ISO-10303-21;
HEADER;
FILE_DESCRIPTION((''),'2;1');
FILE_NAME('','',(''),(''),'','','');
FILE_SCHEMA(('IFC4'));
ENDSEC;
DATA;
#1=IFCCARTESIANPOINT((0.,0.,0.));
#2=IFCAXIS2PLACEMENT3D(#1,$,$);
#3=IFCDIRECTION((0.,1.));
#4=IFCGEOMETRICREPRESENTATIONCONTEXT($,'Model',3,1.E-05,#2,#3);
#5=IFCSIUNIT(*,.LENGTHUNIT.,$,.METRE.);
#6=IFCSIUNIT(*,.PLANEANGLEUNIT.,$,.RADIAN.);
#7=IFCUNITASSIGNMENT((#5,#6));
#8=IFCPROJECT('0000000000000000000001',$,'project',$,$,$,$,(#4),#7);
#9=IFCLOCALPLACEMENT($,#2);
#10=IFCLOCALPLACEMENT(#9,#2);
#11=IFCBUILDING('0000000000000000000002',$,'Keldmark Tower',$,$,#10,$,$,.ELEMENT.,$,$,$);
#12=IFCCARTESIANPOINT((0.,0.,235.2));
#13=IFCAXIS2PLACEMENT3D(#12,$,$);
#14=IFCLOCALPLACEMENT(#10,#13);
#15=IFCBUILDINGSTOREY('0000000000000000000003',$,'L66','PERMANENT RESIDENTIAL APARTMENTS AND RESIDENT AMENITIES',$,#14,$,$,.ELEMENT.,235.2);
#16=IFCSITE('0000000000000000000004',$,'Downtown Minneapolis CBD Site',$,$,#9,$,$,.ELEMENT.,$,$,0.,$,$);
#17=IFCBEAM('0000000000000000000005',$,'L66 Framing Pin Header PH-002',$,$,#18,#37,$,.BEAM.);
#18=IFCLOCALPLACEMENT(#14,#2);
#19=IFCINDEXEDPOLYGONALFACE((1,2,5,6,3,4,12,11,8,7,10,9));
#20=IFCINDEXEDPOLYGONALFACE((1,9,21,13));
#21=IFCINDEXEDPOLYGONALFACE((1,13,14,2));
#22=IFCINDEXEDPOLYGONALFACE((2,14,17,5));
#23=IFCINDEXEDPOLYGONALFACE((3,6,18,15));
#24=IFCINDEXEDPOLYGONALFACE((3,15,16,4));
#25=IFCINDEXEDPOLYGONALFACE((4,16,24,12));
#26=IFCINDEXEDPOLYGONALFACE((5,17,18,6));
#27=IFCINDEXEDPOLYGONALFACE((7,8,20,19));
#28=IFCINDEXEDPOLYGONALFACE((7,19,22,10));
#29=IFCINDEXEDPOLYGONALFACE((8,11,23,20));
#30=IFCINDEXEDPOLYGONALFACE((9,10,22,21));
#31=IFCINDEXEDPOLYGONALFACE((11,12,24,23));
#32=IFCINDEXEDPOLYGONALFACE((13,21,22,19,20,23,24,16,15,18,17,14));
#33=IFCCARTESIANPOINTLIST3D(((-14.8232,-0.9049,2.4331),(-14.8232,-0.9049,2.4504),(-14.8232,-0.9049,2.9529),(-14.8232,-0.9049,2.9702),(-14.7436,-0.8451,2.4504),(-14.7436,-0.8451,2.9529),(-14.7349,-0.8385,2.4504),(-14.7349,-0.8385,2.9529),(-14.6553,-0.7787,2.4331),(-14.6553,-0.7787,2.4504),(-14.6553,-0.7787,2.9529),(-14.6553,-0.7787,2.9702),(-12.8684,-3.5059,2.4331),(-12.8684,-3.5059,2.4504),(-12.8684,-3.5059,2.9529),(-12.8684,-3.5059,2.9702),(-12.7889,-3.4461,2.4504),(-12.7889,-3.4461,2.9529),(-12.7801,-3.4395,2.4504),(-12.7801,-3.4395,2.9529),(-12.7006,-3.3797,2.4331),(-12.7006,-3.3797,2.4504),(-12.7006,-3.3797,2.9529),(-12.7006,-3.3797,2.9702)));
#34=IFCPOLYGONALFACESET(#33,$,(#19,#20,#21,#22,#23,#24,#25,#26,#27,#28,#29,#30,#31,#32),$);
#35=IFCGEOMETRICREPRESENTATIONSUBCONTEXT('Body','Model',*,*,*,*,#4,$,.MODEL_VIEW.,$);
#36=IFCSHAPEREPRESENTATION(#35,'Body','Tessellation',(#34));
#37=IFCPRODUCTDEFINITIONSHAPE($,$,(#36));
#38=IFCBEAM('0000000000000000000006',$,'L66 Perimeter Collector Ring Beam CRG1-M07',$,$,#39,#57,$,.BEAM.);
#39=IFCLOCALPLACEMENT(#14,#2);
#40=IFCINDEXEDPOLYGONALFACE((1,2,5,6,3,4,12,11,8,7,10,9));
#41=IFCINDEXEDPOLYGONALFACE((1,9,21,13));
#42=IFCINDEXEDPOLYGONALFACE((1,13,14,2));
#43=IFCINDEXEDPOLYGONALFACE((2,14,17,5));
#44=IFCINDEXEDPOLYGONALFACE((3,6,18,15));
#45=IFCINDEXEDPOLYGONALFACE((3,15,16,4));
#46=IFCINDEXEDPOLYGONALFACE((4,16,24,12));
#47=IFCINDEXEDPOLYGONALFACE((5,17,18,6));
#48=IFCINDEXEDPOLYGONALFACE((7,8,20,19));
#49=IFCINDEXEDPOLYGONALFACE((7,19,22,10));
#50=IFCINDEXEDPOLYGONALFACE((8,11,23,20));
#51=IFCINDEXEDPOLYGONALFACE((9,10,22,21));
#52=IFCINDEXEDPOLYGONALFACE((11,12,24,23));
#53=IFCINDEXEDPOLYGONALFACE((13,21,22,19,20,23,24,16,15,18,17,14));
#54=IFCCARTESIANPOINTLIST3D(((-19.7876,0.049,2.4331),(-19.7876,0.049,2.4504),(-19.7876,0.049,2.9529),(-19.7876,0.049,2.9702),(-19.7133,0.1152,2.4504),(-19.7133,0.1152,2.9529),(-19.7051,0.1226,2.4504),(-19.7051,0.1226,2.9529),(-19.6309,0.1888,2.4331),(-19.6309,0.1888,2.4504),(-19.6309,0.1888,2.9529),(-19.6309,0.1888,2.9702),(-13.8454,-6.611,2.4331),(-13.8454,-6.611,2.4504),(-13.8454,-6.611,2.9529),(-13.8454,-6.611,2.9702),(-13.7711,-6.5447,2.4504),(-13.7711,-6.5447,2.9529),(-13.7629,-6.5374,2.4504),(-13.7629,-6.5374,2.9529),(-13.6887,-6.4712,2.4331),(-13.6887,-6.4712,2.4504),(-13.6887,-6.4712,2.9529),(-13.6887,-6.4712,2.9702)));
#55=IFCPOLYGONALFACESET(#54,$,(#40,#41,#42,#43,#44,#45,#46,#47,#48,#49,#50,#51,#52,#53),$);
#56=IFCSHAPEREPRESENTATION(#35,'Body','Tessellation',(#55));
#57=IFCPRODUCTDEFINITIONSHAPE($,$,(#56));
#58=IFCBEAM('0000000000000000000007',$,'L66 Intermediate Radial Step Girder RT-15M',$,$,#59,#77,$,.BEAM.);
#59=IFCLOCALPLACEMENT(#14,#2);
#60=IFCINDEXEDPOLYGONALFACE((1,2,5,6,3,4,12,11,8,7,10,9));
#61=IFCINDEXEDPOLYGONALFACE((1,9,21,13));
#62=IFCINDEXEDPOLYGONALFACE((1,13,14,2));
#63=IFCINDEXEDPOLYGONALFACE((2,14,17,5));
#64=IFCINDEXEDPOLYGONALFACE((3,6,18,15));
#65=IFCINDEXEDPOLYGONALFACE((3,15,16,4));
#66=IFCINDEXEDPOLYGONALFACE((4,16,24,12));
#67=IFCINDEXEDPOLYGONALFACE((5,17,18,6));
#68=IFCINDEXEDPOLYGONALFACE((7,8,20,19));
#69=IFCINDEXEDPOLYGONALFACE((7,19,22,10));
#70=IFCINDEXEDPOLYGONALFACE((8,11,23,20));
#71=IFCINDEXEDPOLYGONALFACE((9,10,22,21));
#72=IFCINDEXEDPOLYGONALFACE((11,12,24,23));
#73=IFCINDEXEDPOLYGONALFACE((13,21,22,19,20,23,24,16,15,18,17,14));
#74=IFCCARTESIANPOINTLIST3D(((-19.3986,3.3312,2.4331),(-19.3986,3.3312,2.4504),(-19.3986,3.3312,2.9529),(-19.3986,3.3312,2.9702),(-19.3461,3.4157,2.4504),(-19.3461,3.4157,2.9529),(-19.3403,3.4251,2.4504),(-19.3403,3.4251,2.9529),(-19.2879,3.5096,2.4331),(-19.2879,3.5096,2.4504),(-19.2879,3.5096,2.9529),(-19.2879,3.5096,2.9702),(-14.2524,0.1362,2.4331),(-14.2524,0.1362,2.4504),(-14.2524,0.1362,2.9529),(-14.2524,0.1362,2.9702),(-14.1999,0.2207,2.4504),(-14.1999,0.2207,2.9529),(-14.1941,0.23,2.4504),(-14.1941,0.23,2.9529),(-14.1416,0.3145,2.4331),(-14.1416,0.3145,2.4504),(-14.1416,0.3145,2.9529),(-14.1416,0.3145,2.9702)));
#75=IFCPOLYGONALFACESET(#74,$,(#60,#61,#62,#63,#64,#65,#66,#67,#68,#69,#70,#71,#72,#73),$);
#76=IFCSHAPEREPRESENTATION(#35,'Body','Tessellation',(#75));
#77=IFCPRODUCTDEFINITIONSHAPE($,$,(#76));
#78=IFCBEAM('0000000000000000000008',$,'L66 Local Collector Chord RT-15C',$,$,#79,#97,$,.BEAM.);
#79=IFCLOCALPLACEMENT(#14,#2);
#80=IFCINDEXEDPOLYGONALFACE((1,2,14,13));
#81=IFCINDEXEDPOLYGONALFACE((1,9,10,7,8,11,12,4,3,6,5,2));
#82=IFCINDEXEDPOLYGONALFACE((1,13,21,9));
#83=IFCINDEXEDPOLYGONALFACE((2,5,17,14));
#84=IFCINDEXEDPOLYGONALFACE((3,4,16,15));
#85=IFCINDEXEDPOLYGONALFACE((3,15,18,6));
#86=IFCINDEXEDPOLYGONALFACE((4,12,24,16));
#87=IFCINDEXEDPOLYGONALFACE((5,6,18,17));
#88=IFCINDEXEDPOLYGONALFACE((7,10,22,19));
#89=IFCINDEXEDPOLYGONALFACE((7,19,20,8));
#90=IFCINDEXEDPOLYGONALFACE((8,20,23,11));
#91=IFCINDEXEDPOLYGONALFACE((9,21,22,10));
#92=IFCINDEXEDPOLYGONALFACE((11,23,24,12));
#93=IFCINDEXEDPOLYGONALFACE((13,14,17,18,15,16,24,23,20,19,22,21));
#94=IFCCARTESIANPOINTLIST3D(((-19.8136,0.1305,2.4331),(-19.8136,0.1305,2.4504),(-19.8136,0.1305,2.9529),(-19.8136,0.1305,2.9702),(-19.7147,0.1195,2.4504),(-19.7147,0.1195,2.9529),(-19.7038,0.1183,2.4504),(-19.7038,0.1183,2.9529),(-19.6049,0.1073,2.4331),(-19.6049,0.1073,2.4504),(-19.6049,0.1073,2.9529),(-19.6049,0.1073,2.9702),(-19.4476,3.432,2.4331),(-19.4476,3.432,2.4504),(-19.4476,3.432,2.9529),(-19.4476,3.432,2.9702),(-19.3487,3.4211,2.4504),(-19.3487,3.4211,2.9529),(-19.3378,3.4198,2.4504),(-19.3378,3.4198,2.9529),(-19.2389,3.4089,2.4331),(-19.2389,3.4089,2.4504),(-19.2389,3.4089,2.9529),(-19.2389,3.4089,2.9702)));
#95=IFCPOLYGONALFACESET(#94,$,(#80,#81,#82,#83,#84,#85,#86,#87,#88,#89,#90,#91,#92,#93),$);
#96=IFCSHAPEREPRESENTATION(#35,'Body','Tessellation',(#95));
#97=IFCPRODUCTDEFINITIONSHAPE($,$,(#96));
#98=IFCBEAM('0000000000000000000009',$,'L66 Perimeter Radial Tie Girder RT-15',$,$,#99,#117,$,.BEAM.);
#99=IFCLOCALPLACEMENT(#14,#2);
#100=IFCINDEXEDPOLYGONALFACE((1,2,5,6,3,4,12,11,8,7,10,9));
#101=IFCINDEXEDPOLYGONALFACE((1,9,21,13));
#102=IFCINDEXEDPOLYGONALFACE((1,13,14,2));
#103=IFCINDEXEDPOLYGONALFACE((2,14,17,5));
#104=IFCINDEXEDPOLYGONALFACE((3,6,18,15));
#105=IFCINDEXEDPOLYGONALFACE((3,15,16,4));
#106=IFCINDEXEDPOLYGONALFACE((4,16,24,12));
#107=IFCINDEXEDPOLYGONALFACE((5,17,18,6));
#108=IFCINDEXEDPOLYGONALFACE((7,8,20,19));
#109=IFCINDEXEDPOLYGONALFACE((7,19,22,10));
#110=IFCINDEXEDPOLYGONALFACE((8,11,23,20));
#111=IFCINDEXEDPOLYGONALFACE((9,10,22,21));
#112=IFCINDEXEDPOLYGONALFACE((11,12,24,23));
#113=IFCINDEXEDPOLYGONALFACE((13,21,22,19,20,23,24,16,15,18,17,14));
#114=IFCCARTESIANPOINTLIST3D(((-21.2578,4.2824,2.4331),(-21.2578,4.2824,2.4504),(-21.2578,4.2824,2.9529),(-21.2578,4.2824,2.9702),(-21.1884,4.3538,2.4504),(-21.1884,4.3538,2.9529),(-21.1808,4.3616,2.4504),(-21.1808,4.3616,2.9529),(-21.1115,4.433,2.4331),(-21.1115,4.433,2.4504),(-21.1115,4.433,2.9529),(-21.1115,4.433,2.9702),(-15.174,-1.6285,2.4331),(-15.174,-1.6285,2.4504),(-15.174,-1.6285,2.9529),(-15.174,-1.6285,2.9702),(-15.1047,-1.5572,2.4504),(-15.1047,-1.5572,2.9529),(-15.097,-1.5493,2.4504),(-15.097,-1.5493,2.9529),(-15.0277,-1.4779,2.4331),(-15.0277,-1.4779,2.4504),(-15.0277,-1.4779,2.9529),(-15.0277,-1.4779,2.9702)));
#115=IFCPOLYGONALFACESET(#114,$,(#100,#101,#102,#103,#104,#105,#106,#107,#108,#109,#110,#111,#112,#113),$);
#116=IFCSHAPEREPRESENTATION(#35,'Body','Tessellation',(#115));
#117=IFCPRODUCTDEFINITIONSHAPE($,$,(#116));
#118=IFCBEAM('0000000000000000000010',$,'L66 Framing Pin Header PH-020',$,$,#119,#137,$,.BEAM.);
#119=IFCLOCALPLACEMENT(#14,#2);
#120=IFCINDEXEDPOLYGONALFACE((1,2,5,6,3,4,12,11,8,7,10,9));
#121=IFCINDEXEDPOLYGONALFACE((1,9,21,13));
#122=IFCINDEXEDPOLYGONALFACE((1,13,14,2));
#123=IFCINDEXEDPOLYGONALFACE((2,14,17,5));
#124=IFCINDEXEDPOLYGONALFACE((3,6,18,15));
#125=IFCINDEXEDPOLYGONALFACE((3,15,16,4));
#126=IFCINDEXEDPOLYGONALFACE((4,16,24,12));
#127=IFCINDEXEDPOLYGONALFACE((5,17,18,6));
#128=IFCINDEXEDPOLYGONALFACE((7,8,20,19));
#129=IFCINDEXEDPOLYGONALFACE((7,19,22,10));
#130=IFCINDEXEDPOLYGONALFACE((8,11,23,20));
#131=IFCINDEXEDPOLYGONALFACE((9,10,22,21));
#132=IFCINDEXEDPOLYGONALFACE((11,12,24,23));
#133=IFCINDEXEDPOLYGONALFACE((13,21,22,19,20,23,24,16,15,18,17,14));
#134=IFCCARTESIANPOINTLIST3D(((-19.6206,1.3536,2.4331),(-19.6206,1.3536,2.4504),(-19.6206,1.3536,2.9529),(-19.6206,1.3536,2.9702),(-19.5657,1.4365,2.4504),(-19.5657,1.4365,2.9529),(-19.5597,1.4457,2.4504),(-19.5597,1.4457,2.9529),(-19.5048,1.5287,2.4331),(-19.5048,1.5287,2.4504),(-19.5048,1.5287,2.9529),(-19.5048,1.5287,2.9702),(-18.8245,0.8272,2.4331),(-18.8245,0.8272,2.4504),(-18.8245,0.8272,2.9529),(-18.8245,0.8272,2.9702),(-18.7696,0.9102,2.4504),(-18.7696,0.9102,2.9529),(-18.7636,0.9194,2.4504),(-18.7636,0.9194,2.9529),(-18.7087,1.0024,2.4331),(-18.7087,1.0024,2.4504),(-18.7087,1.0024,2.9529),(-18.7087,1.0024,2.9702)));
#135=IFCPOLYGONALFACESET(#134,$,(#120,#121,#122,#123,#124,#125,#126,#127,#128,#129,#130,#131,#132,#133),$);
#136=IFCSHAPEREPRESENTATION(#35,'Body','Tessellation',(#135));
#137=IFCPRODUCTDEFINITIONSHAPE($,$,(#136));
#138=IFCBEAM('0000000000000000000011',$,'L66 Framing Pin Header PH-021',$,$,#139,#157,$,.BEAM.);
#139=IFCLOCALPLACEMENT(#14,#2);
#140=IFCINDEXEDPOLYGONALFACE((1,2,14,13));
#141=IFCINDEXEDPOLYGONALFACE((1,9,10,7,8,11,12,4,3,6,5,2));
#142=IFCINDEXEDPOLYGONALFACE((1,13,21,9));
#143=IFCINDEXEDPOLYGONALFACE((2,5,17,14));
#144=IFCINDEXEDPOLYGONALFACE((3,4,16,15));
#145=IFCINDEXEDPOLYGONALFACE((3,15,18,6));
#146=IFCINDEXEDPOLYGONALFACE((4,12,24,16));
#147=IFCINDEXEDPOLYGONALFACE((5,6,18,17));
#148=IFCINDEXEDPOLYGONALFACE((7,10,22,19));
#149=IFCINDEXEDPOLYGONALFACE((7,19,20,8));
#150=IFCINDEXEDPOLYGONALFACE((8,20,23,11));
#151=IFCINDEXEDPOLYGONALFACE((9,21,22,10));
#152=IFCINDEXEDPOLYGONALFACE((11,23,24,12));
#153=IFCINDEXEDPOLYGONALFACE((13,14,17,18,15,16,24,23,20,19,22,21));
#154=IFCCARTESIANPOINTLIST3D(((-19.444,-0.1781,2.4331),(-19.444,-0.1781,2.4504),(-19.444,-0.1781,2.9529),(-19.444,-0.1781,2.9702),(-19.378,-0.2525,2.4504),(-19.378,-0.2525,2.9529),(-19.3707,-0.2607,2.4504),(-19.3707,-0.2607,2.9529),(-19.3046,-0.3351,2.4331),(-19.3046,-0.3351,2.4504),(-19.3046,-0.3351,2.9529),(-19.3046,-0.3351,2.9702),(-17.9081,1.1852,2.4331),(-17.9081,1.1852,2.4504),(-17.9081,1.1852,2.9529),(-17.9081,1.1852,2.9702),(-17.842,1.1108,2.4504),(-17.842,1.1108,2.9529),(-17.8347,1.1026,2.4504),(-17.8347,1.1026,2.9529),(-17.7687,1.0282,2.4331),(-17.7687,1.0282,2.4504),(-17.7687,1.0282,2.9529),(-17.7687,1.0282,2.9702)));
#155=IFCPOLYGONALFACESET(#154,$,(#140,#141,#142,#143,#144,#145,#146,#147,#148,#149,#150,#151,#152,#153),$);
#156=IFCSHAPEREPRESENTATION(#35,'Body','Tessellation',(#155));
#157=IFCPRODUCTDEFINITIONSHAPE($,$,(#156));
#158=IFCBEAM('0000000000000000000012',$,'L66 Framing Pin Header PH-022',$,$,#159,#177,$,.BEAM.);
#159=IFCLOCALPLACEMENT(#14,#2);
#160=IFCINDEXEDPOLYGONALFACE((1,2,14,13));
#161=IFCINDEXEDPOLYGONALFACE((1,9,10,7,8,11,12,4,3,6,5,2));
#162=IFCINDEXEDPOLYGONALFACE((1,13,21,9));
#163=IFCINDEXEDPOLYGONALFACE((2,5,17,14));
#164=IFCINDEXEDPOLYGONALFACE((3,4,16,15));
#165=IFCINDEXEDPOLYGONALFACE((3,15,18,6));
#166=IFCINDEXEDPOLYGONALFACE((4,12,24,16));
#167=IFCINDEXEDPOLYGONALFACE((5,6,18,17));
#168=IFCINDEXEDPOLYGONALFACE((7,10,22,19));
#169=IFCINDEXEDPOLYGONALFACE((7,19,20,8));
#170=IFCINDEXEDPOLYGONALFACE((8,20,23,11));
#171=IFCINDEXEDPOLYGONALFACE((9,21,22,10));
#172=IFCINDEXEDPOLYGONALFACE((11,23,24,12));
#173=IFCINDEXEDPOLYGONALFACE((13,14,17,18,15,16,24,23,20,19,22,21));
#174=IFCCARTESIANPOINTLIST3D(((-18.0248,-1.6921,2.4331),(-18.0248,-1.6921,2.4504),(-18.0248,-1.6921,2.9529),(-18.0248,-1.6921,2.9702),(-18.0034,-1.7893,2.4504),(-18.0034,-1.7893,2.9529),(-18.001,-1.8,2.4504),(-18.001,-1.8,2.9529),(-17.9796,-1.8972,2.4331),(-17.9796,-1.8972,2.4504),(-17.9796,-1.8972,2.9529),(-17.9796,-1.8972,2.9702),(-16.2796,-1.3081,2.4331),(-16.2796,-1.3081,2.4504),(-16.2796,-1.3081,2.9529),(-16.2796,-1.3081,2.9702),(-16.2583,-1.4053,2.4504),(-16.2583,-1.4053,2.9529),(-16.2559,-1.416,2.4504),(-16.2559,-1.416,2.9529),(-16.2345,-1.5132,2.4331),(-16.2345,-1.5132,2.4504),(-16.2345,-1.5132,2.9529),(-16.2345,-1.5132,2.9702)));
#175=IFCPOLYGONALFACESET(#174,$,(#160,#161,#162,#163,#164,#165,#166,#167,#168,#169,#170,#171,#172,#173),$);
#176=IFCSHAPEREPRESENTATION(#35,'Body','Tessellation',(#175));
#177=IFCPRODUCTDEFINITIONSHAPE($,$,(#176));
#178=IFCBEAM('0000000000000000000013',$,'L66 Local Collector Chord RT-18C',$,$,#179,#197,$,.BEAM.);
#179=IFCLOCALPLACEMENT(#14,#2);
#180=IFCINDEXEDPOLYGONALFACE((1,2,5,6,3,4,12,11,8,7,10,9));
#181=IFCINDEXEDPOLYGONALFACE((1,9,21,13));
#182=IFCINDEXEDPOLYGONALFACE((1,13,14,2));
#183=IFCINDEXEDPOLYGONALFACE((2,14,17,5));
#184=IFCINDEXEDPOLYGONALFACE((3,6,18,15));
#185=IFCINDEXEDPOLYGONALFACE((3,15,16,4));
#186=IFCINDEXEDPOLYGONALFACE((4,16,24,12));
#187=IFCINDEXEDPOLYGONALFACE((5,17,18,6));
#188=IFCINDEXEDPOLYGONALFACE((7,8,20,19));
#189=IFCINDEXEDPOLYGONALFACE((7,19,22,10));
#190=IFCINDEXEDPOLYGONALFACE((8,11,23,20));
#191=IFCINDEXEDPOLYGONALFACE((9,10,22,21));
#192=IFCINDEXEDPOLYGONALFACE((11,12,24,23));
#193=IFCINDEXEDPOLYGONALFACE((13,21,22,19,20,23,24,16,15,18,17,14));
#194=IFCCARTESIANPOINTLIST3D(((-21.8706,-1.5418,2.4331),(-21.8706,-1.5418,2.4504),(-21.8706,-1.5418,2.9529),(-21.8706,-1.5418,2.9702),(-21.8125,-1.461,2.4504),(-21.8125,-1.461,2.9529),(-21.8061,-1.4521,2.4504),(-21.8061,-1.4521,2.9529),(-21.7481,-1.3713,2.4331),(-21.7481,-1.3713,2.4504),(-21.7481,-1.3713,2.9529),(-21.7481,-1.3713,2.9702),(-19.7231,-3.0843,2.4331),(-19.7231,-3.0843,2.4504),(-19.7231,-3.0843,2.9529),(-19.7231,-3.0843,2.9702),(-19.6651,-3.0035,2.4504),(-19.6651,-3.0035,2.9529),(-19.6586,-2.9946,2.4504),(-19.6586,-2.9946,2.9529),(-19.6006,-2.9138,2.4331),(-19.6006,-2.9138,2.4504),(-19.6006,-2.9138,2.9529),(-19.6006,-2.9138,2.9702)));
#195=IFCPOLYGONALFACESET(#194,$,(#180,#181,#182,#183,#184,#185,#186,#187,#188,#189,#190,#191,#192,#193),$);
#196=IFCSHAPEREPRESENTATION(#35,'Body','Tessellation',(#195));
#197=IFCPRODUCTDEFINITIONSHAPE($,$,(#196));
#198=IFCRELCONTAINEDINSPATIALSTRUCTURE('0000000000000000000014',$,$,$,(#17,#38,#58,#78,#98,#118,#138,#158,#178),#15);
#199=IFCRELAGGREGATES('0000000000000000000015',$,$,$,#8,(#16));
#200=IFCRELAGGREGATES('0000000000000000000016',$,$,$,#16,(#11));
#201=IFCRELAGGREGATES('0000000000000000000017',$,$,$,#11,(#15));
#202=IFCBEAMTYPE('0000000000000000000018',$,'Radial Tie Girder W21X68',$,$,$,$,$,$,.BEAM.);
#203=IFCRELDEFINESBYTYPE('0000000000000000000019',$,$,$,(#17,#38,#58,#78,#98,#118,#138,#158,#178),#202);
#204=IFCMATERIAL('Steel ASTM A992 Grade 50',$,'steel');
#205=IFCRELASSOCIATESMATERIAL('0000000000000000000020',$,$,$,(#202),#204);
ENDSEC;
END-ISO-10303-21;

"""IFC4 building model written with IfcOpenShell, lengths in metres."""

from ifc_helpers import new_model, si_unit, direction, frame, origin, origin_2d, place, context, subcontext, project, spatial, i_section, extrude, material, material_profile, profile_set, type_object, element, save


model = new_model("IFC4")

# Units and contexts
model_context = context("Model", 3, precision=1e-05, world=origin(), true_north=direction((0.0, 1.0)))
body_context = subcontext(model_context, "Body", "Model", "MODEL_VIEW")
ifc_project = project(units=[si_unit("LENGTHUNIT", "METRE"), si_unit("PLANEANGLEUNIT", "RADIAN")], contexts=[model_context])

# Site, building, storey
site_placement = place(None, origin())
site = spatial("IfcSite", under=ifc_project, at=site_placement, Name="Downtown Minneapolis CBD Site", CompositionType="ELEMENT", RefElevation=0.0)
building_placement = place(site_placement, origin())
building = spatial("IfcBuilding", under=site, at=building_placement, Name="Keldmark Tower", CompositionType="ELEMENT")
storey_placement = place(building_placement, frame((0.0, 0.0, 235.2)))
storey = spatial("IfcBuildingStorey", under=building, at=storey_placement, Name="L66", Description="PERMANENT RESIDENTIAL APARTMENTS AND RESIDENT AMENITIES", CompositionType="ELEMENT", Elevation=235.2)

# Beams
ifc_material_1 = material(Name="Steel ASTM A992 Grade 50", Category="steel")
ifc_material_profile_1 = material_profile(ifc_material_1, i_section(OverallWidth=0.21, OverallDepth=0.5371, WebThickness=0.011, FlangeThickness=0.0173, at=origin_2d()), Name="W21X68")
ifc_profile_set_1 = profile_set([ifc_material_profile_1], Name="Steel ASTM A992 Grade 50")
beam_type_1 = type_object("IfcBeamType", Name="Radial Tie Girder W21X68", PredefinedType="BEAM", material=ifc_profile_set_1)
beam_1_placement = place(storey_placement, frame((-14.7393, -0.8418, 2.7017), z_axis=(0.600792, -0.799405, 0.0), x_axis=(0.799405, 0.600792, 0.0)))
element("IfcBeam", 1, at=beam_1_placement, inside=storey, type_object=beam_type_1, Name="L66 Framing Pin Header PH-002", PredefinedType="BEAM", context=body_context, shape_type="SweptSolid", body=[
    extrude(i_section(OverallWidth=0.21, OverallDepth=0.5371, WebThickness=0.011, FlangeThickness=0.0173, at=origin_2d()), origin(), (0.0, 0.0, 1.0), 3.2537),
])
beam_2_placement = place(storey_placement, frame((-19.7092, 0.1189, 2.7017), z_axis=(0.665753, -0.746172, 0.0), x_axis=(0.746172, 0.665753, 0.0)))
element("IfcBeam", 2, at=beam_2_placement, inside=storey, type_object=beam_type_1, Name="L66 Perimeter Collector Ring Beam CRG1-M07", PredefinedType="BEAM", context=body_context, shape_type="SweptSolid", body=[
    extrude(i_section(OverallWidth=0.21, OverallDepth=0.5371, WebThickness=0.011, FlangeThickness=0.0173, at=origin_2d()), origin(), (0.0, 0.0, 1.0), 8.9255),
])
beam_3_placement = place(storey_placement, frame((-14.197, 0.2253, 2.7017), z_axis=(-0.849577, 0.527464, 0.0), x_axis=(-0.527464, -0.849577, 0.0)))
element("IfcBeam", 3, at=beam_3_placement, inside=storey, type_object=beam_type_1, Name="L66 Intermediate Radial Step Girder RT-15M", PredefinedType="BEAM", context=body_context, shape_type="SweptSolid", body=[
    extrude(i_section(OverallWidth=0.21, OverallDepth=0.5371, WebThickness=0.011, FlangeThickness=0.0173, at=origin_2d()), origin(), (0.0, 0.0, 1.0), 6.0574),
])
beam_4_placement = place(storey_placement, frame((-19.7092, 0.1189, 2.7017), z_axis=(0.110173, 0.993912, 0.0), x_axis=(-0.993912, 0.110173, 0.0)))
element("IfcBeam", 4, at=beam_4_placement, inside=storey, type_object=beam_type_1, Name="L66 Local Collector Chord RT-15C", PredefinedType="BEAM", context=body_context, shape_type="SweptSolid", body=[
    extrude(i_section(OverallWidth=0.21, OverallDepth=0.5371, WebThickness=0.011, FlangeThickness=0.0173, at=origin_2d()), origin(), (0.0, 0.0, 1.0), 3.3218),
])
beam_5_placement = place(storey_placement, frame((-15.1008, -1.5532, 2.7017), z_axis=(-0.717222, 0.696844, 0.0), x_axis=(-0.696844, -0.717222, 0.0)))
element("IfcBeam", 5, at=beam_5_placement, inside=storey, type_object=beam_type_1, Name="L66 Perimeter Radial Tie Girder RT-15", PredefinedType="BEAM", context=body_context, shape_type="SweptSolid", body=[
    extrude(i_section(OverallWidth=0.21, OverallDepth=0.5371, WebThickness=0.011, FlangeThickness=0.0173, at=origin_2d()), origin(), (0.0, 0.0, 1.0), 8.4824),
])
beam_6_placement = place(storey_placement, frame((-18.7666, 0.9148, 2.7017), z_axis=(-0.834169, 0.551508, 0.0), x_axis=(-0.551508, -0.834169, 0.0)))
element("IfcBeam", 6, at=beam_6_placement, inside=storey, type_object=beam_type_1, Name="L66 Framing Pin Header PH-020", PredefinedType="BEAM", context=body_context, shape_type="SweptSolid", body=[
    extrude(i_section(OverallWidth=0.21, OverallDepth=0.5371, WebThickness=0.011, FlangeThickness=0.0173, at=origin_2d()), origin(), (0.0, 0.0, 1.0), 0.9543),
])
beam_7_placement = place(storey_placement, frame((-17.8384, 1.1067, 2.7017), z_axis=(-0.747881, -0.663832, 0.0), x_axis=(0.663832, -0.747881, 0.0)))
element("IfcBeam", 7, at=beam_7_placement, inside=storey, type_object=beam_type_1, Name="L66 Framing Pin Header PH-021", PredefinedType="BEAM", context=body_context, shape_type="SweptSolid", body=[
    extrude(i_section(OverallWidth=0.21, OverallDepth=0.5371, WebThickness=0.011, FlangeThickness=0.0173, at=origin_2d()), origin(), (0.0, 0.0, 1.0), 2.0537),
])
beam_8_placement = place(storey_placement, frame((-16.2571, -1.4106, 2.7017), z_axis=(-0.976632, -0.214919, 0.0), x_axis=(0.214919, -0.976632, 0.0)))
element("IfcBeam", 8, at=beam_8_placement, inside=storey, type_object=beam_type_1, Name="L66 Framing Pin Header PH-022", PredefinedType="BEAM", context=body_context, shape_type="SweptSolid", body=[
    extrude(i_section(OverallWidth=0.21, OverallDepth=0.5371, WebThickness=0.011, FlangeThickness=0.0173, at=origin_2d()), origin(), (0.0, 0.0, 1.0), 1.7869),
])
beam_9_placement = place(storey_placement, frame((-21.8093, -1.4565, 2.7017), z_axis=(0.812196, -0.583385, 0.0), x_axis=(0.583385, 0.812196, 0.0)))
element("IfcBeam", 9, at=beam_9_placement, inside=storey, type_object=beam_type_1, Name="L66 Local Collector Chord RT-18C", PredefinedType="BEAM", context=body_context, shape_type="SweptSolid", body=[
    extrude(i_section(OverallWidth=0.21, OverallDepth=0.5371, WebThickness=0.011, FlangeThickness=0.0173, at=origin_2d()), origin(), (0.0, 0.0, 1.0), 2.644),
])

save(model, "model.ifc")
